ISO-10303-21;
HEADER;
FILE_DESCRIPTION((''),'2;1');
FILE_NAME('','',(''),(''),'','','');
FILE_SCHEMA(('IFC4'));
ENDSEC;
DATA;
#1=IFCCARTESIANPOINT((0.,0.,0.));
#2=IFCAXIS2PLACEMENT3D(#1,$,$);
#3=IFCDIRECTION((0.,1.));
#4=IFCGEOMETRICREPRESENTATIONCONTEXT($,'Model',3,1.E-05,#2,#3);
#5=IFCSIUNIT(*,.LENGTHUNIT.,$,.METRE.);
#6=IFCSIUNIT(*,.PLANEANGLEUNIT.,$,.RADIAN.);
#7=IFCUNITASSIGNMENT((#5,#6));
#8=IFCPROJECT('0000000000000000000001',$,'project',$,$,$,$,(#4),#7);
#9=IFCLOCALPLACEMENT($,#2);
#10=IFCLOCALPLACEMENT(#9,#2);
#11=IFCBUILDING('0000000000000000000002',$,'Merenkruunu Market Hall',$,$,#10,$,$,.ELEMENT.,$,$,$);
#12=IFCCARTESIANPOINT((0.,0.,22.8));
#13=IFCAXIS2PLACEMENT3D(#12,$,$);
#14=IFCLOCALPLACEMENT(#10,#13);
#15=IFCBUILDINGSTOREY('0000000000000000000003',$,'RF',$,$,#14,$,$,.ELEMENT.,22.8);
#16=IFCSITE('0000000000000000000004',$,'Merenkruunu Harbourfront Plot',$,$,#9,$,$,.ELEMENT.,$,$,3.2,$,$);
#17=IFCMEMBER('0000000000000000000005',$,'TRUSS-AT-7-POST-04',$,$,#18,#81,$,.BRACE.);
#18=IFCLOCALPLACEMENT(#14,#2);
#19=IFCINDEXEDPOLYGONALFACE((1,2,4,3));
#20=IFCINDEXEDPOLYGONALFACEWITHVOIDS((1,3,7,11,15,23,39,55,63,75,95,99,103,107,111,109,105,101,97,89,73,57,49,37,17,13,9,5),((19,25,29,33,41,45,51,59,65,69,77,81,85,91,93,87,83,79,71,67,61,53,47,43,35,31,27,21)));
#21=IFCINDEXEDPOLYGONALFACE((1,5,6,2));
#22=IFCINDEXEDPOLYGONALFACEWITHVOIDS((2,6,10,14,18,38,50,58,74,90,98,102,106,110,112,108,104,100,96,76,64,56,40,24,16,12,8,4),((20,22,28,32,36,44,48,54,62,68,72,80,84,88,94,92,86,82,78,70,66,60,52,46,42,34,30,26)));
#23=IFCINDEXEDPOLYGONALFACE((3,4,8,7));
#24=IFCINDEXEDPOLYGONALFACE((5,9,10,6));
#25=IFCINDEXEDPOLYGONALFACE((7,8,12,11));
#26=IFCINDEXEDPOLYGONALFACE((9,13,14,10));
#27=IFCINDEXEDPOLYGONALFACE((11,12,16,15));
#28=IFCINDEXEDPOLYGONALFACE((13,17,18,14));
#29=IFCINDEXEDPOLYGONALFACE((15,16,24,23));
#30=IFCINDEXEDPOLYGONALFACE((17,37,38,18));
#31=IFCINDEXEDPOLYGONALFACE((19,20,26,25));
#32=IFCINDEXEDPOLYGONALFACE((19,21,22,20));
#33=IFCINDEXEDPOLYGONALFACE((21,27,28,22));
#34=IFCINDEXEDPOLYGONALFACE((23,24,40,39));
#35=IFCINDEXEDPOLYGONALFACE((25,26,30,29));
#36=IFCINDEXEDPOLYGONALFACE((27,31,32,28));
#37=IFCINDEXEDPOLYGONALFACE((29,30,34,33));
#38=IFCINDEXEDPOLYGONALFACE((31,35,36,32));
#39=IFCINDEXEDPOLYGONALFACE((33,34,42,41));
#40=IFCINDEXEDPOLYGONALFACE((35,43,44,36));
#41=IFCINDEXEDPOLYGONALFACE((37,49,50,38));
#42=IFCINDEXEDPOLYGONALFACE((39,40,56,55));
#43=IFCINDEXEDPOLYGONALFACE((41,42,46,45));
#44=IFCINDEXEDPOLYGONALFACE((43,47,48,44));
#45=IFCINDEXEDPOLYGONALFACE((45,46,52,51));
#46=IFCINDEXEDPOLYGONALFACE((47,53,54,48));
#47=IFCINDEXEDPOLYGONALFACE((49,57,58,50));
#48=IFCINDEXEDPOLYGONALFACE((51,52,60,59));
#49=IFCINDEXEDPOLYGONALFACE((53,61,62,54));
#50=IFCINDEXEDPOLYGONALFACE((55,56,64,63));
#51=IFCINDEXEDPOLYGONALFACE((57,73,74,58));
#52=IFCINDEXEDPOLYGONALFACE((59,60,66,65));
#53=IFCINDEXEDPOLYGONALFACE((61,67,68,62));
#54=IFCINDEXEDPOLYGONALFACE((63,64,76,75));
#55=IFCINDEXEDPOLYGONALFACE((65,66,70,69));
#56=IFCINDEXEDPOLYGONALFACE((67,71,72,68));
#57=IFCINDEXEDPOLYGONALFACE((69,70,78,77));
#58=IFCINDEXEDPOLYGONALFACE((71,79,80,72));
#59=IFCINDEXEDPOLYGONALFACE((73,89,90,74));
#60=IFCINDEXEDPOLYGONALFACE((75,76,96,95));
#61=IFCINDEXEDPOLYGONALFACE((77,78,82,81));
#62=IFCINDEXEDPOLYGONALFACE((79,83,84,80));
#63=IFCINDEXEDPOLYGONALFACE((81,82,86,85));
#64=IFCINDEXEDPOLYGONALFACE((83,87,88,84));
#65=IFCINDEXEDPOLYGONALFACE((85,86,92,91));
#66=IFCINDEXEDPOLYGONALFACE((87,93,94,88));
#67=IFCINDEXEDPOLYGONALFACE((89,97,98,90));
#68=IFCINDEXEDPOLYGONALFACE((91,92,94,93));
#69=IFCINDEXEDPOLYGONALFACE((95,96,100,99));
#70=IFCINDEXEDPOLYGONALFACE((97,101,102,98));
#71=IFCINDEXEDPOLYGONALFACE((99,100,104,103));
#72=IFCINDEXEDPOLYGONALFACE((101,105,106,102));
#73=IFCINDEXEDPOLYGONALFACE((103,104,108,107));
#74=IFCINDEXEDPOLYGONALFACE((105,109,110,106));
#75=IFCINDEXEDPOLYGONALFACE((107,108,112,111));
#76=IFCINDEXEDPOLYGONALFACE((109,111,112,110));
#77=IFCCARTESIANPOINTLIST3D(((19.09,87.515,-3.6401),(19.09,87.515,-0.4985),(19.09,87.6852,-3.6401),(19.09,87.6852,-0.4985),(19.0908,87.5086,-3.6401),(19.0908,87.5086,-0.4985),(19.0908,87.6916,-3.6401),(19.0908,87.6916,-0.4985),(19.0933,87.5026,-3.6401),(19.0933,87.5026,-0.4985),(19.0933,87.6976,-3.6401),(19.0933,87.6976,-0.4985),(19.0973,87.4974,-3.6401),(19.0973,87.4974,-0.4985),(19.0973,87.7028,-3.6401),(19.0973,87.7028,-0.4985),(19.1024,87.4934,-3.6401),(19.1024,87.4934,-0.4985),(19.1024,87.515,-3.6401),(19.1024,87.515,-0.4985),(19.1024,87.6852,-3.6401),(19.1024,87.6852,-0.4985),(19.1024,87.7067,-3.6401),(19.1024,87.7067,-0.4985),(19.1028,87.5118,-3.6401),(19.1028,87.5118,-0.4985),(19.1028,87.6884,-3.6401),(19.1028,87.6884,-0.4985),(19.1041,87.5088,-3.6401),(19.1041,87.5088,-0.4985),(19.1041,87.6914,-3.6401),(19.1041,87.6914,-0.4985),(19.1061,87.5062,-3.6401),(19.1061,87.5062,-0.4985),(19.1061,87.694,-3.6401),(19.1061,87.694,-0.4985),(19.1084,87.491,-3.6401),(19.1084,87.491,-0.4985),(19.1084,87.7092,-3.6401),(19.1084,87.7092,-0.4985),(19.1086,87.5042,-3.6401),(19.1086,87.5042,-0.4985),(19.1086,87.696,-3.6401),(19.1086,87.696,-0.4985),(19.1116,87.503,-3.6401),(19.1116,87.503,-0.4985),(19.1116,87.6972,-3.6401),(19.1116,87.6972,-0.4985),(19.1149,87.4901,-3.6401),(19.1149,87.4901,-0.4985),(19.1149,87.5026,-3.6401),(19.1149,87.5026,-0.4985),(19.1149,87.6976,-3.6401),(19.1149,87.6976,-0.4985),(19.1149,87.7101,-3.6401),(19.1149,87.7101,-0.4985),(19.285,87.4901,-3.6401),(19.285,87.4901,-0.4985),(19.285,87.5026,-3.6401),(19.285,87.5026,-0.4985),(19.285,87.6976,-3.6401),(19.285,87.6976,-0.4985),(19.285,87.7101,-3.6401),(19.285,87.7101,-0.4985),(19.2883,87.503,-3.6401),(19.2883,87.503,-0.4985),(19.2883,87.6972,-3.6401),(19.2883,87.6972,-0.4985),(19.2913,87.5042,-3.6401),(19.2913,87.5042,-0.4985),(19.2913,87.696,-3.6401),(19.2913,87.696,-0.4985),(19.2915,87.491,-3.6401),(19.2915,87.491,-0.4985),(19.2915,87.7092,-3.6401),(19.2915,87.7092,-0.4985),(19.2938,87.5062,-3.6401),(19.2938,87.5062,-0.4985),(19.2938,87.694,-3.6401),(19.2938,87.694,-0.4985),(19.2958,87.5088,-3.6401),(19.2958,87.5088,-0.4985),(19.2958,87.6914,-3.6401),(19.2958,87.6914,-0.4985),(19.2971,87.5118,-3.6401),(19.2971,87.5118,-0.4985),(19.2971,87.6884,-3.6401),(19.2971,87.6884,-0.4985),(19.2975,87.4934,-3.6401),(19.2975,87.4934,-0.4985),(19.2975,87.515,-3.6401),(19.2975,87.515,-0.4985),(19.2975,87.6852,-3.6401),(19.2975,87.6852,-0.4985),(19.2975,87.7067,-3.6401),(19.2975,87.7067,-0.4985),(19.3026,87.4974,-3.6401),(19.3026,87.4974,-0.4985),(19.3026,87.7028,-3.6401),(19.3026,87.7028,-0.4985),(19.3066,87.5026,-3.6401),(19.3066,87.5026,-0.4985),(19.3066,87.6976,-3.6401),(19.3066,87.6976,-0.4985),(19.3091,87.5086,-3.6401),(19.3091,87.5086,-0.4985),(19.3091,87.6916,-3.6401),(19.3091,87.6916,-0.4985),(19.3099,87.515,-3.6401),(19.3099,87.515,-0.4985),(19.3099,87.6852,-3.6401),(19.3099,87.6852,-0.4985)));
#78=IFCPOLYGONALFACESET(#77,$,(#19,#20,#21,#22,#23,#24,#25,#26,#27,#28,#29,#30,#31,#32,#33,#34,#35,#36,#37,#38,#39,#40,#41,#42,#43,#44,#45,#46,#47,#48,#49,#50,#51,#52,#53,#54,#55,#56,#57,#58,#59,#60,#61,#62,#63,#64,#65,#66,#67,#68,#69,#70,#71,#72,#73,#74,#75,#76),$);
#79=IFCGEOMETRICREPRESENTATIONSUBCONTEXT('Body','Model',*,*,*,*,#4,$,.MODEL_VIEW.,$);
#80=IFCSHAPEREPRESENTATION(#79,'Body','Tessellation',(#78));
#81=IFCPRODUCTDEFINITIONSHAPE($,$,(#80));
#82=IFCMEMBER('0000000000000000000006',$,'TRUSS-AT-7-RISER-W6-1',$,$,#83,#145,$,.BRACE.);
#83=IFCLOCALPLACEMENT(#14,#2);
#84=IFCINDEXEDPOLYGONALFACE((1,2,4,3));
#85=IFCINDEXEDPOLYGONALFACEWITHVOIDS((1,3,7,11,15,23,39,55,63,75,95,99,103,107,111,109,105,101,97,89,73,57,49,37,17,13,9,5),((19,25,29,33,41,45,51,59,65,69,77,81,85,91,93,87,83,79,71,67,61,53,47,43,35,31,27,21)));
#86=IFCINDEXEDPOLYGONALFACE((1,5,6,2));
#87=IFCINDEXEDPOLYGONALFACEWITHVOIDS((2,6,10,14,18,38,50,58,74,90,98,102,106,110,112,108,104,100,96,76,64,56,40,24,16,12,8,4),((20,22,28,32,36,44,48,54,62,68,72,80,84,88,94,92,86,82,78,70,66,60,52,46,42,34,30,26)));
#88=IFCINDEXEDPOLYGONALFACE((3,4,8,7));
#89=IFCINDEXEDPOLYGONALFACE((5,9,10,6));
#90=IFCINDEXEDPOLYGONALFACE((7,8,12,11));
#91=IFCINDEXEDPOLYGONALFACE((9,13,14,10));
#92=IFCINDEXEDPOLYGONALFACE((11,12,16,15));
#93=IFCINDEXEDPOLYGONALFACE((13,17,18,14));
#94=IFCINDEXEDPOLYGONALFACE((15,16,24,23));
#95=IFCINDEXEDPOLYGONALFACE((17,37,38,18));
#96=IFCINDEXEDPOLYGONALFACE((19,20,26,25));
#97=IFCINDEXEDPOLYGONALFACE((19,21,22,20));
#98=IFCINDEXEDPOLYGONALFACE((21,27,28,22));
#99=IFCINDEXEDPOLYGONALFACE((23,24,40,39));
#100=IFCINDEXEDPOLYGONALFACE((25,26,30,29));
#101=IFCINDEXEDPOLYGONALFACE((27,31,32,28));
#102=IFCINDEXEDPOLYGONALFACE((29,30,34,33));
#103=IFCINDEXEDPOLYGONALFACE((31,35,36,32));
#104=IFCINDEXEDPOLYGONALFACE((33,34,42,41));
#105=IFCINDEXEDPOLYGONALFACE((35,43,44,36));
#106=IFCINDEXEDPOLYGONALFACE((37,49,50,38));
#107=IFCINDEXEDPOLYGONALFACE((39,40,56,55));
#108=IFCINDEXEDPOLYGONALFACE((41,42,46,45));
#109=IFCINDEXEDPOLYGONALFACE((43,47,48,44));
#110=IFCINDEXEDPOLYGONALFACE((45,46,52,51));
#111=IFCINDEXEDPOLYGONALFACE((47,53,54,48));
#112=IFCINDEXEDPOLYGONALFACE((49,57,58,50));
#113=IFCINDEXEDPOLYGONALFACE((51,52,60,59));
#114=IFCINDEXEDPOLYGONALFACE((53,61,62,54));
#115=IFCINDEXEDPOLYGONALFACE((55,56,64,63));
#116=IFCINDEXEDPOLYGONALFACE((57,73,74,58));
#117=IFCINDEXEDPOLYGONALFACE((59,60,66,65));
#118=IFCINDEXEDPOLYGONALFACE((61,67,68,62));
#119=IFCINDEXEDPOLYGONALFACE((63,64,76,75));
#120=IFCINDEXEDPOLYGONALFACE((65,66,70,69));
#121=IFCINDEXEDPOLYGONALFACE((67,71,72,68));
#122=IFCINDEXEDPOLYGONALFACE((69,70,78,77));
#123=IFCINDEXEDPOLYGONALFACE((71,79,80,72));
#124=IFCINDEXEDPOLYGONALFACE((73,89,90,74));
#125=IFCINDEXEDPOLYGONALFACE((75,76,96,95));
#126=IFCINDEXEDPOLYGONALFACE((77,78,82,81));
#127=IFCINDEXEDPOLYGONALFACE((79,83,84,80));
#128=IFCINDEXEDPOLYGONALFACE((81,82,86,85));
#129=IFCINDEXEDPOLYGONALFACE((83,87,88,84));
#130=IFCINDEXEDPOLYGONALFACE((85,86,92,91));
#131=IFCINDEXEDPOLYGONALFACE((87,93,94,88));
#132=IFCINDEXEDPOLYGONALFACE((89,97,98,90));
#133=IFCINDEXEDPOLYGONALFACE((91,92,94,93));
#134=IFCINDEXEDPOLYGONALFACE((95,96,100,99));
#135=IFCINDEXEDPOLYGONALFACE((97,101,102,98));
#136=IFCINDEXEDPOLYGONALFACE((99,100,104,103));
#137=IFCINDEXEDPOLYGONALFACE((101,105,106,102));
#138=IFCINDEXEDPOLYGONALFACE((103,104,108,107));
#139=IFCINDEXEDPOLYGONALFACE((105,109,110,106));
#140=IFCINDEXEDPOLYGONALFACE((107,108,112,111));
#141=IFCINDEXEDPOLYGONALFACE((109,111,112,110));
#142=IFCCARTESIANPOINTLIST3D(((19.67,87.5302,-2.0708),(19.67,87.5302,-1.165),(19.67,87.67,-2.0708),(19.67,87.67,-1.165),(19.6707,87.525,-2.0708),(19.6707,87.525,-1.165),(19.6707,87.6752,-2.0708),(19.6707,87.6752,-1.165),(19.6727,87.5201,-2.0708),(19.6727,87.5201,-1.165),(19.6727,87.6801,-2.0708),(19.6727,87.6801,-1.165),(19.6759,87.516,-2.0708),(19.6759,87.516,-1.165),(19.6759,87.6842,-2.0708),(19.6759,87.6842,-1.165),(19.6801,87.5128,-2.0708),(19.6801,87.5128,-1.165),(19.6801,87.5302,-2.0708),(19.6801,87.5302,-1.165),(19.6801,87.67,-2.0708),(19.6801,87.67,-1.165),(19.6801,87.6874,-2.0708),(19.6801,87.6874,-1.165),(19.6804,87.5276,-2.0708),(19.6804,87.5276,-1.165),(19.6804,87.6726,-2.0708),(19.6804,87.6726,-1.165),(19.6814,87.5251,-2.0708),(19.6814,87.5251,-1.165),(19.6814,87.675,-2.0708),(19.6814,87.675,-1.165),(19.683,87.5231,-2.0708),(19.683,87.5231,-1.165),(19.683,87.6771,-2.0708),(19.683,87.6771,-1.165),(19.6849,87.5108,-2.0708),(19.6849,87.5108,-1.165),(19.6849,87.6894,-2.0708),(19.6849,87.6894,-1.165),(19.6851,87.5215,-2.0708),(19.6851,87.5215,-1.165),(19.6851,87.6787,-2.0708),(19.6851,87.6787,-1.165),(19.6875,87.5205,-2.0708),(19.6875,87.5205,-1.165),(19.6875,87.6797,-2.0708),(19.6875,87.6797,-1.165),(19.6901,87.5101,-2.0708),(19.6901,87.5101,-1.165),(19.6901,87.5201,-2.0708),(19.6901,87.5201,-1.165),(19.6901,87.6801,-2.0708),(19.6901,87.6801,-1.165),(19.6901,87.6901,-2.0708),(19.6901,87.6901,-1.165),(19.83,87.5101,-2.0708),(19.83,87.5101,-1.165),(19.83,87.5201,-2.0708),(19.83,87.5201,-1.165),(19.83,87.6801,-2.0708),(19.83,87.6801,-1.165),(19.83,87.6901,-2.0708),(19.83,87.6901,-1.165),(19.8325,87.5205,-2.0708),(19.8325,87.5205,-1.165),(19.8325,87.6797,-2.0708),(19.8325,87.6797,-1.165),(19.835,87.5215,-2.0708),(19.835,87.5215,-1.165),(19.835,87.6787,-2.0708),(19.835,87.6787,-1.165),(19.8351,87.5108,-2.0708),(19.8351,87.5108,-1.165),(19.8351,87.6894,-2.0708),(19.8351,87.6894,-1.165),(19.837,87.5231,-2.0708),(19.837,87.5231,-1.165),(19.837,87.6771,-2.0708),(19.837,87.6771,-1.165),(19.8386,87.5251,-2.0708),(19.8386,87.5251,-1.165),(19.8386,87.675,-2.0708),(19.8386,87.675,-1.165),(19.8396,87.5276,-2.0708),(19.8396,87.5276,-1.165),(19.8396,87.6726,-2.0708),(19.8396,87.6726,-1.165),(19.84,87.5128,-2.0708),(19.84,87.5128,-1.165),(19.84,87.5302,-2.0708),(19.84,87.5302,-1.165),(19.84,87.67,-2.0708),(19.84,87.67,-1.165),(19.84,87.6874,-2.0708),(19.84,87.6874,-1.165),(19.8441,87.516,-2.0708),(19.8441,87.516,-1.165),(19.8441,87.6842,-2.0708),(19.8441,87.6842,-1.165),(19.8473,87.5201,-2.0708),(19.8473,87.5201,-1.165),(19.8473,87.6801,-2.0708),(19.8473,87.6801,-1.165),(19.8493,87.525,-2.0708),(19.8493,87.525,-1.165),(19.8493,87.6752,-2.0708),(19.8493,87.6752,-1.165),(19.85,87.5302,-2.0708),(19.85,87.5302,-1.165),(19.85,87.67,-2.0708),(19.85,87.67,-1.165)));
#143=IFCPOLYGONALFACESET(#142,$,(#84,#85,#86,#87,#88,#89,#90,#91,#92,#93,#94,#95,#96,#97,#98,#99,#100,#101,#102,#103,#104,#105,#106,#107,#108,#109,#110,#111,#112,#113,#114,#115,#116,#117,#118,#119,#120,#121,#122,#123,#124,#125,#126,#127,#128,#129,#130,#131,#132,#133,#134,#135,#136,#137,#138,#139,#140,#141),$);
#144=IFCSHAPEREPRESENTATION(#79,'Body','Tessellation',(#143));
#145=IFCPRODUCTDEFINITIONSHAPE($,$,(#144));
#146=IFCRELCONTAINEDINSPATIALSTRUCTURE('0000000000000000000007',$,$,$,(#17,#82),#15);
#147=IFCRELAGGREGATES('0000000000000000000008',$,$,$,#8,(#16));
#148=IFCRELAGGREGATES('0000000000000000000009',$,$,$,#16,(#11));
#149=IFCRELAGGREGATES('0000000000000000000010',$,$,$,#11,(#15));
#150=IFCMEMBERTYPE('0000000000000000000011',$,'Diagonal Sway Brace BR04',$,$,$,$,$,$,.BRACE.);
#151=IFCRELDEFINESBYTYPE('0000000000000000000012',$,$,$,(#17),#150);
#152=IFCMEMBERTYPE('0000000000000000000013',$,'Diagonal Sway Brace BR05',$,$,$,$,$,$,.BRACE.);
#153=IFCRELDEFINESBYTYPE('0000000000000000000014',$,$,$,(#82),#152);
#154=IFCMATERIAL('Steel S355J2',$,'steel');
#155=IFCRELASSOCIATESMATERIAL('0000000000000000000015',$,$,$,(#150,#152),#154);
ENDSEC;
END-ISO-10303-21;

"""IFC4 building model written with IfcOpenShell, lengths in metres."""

from ifc_helpers import new_model, si_unit, direction, frame, origin, origin_2d, place, context, subcontext, project, spatial, hollow_rectangle, extrude, material, material_profile, profile_set, type_object, element, save


model = new_model("IFC4")

# Units and contexts
model_context = context("Model", 3, precision=1e-05, world=origin(), true_north=direction((0.0, 1.0)))
body_context = subcontext(model_context, "Body", "Model", "MODEL_VIEW")
ifc_project = project(units=[si_unit("LENGTHUNIT", "METRE"), si_unit("PLANEANGLEUNIT", "RADIAN")], contexts=[model_context])

# Site, building, storey
site_placement = place(None, origin())
site = spatial("IfcSite", under=ifc_project, at=site_placement, Name="Merenkruunu Harbourfront Plot", CompositionType="ELEMENT", RefElevation=3.2)
building_placement = place(site_placement, origin())
building = spatial("IfcBuilding", under=site, at=building_placement, Name="Merenkruunu Market Hall", CompositionType="ELEMENT")
storey_placement = place(building_placement, frame((0.0, 0.0, 22.8)))
storey = spatial("IfcBuildingStorey", under=building, at=storey_placement, Name="RF", CompositionType="ELEMENT", Elevation=22.8)

# Members
ifc_material_1 = material(Name="Steel S355J2", Category="steel")
ifc_material_profile_1 = material_profile(ifc_material_1, hollow_rectangle(XDim=0.22, YDim=0.22, WallThickness=0.0125, InnerFilletRadius=0.0125, OuterFilletRadius=0.0249, at=origin_2d()), Name="SHS 220x220x12.5")
ifc_profile_set_1 = profile_set([ifc_material_profile_1], Name="Steel S355J2")
member_type_1 = type_object("IfcMemberType", Name="Diagonal Sway Brace BR04", PredefinedType="BRACE", material=ifc_profile_set_1)
member_1_placement = place(storey_placement, frame((19.2, 87.6001, -3.6401), z_axis=(0.0, 0.0, 1.0), x_axis=(1.0, 0.0, 0.0)))
element("IfcMember", 1, at=member_1_placement, inside=storey, type_object=member_type_1, Name="TRUSS-AT-7-POST-04", PredefinedType="BRACE", context=body_context, shape_type="SweptSolid", body=[
    extrude(hollow_rectangle(XDim=0.22, YDim=0.22, WallThickness=0.0125, InnerFilletRadius=0.0125, OuterFilletRadius=0.0249, at=origin_2d()), origin(), (0.0, 0.0, 1.0), 3.1416),
])
ifc_material_profile_2 = material_profile(ifc_material_1, hollow_rectangle(XDim=0.1799, YDim=0.1799, WallThickness=0.01, InnerFilletRadius=0.01, OuterFilletRadius=0.02, at=origin_2d()), Name="SHS 180x180x10")
ifc_profile_set_2 = profile_set([ifc_material_profile_2], Name="Steel S355J2")
member_type_2 = type_object("IfcMemberType", Name="Diagonal Sway Brace BR05", PredefinedType="BRACE", material=ifc_profile_set_2)
member_2_placement = place(storey_placement, frame((19.76, 87.6001, -2.0708), z_axis=(0.0, 0.0, 1.0), x_axis=(1.0, 0.0, 0.0)))
element("IfcMember", 2, at=member_2_placement, inside=storey, type_object=member_type_2, Name="TRUSS-AT-7-RISER-W6-1", PredefinedType="BRACE", context=body_context, shape_type="SweptSolid", body=[
    extrude(hollow_rectangle(XDim=0.1799, YDim=0.1799, WallThickness=0.01, InnerFilletRadius=0.01, OuterFilletRadius=0.02, at=origin_2d()), origin(), (0.0, 0.0, 1.0), 0.9058),
])

save(model, "model.ifc")
